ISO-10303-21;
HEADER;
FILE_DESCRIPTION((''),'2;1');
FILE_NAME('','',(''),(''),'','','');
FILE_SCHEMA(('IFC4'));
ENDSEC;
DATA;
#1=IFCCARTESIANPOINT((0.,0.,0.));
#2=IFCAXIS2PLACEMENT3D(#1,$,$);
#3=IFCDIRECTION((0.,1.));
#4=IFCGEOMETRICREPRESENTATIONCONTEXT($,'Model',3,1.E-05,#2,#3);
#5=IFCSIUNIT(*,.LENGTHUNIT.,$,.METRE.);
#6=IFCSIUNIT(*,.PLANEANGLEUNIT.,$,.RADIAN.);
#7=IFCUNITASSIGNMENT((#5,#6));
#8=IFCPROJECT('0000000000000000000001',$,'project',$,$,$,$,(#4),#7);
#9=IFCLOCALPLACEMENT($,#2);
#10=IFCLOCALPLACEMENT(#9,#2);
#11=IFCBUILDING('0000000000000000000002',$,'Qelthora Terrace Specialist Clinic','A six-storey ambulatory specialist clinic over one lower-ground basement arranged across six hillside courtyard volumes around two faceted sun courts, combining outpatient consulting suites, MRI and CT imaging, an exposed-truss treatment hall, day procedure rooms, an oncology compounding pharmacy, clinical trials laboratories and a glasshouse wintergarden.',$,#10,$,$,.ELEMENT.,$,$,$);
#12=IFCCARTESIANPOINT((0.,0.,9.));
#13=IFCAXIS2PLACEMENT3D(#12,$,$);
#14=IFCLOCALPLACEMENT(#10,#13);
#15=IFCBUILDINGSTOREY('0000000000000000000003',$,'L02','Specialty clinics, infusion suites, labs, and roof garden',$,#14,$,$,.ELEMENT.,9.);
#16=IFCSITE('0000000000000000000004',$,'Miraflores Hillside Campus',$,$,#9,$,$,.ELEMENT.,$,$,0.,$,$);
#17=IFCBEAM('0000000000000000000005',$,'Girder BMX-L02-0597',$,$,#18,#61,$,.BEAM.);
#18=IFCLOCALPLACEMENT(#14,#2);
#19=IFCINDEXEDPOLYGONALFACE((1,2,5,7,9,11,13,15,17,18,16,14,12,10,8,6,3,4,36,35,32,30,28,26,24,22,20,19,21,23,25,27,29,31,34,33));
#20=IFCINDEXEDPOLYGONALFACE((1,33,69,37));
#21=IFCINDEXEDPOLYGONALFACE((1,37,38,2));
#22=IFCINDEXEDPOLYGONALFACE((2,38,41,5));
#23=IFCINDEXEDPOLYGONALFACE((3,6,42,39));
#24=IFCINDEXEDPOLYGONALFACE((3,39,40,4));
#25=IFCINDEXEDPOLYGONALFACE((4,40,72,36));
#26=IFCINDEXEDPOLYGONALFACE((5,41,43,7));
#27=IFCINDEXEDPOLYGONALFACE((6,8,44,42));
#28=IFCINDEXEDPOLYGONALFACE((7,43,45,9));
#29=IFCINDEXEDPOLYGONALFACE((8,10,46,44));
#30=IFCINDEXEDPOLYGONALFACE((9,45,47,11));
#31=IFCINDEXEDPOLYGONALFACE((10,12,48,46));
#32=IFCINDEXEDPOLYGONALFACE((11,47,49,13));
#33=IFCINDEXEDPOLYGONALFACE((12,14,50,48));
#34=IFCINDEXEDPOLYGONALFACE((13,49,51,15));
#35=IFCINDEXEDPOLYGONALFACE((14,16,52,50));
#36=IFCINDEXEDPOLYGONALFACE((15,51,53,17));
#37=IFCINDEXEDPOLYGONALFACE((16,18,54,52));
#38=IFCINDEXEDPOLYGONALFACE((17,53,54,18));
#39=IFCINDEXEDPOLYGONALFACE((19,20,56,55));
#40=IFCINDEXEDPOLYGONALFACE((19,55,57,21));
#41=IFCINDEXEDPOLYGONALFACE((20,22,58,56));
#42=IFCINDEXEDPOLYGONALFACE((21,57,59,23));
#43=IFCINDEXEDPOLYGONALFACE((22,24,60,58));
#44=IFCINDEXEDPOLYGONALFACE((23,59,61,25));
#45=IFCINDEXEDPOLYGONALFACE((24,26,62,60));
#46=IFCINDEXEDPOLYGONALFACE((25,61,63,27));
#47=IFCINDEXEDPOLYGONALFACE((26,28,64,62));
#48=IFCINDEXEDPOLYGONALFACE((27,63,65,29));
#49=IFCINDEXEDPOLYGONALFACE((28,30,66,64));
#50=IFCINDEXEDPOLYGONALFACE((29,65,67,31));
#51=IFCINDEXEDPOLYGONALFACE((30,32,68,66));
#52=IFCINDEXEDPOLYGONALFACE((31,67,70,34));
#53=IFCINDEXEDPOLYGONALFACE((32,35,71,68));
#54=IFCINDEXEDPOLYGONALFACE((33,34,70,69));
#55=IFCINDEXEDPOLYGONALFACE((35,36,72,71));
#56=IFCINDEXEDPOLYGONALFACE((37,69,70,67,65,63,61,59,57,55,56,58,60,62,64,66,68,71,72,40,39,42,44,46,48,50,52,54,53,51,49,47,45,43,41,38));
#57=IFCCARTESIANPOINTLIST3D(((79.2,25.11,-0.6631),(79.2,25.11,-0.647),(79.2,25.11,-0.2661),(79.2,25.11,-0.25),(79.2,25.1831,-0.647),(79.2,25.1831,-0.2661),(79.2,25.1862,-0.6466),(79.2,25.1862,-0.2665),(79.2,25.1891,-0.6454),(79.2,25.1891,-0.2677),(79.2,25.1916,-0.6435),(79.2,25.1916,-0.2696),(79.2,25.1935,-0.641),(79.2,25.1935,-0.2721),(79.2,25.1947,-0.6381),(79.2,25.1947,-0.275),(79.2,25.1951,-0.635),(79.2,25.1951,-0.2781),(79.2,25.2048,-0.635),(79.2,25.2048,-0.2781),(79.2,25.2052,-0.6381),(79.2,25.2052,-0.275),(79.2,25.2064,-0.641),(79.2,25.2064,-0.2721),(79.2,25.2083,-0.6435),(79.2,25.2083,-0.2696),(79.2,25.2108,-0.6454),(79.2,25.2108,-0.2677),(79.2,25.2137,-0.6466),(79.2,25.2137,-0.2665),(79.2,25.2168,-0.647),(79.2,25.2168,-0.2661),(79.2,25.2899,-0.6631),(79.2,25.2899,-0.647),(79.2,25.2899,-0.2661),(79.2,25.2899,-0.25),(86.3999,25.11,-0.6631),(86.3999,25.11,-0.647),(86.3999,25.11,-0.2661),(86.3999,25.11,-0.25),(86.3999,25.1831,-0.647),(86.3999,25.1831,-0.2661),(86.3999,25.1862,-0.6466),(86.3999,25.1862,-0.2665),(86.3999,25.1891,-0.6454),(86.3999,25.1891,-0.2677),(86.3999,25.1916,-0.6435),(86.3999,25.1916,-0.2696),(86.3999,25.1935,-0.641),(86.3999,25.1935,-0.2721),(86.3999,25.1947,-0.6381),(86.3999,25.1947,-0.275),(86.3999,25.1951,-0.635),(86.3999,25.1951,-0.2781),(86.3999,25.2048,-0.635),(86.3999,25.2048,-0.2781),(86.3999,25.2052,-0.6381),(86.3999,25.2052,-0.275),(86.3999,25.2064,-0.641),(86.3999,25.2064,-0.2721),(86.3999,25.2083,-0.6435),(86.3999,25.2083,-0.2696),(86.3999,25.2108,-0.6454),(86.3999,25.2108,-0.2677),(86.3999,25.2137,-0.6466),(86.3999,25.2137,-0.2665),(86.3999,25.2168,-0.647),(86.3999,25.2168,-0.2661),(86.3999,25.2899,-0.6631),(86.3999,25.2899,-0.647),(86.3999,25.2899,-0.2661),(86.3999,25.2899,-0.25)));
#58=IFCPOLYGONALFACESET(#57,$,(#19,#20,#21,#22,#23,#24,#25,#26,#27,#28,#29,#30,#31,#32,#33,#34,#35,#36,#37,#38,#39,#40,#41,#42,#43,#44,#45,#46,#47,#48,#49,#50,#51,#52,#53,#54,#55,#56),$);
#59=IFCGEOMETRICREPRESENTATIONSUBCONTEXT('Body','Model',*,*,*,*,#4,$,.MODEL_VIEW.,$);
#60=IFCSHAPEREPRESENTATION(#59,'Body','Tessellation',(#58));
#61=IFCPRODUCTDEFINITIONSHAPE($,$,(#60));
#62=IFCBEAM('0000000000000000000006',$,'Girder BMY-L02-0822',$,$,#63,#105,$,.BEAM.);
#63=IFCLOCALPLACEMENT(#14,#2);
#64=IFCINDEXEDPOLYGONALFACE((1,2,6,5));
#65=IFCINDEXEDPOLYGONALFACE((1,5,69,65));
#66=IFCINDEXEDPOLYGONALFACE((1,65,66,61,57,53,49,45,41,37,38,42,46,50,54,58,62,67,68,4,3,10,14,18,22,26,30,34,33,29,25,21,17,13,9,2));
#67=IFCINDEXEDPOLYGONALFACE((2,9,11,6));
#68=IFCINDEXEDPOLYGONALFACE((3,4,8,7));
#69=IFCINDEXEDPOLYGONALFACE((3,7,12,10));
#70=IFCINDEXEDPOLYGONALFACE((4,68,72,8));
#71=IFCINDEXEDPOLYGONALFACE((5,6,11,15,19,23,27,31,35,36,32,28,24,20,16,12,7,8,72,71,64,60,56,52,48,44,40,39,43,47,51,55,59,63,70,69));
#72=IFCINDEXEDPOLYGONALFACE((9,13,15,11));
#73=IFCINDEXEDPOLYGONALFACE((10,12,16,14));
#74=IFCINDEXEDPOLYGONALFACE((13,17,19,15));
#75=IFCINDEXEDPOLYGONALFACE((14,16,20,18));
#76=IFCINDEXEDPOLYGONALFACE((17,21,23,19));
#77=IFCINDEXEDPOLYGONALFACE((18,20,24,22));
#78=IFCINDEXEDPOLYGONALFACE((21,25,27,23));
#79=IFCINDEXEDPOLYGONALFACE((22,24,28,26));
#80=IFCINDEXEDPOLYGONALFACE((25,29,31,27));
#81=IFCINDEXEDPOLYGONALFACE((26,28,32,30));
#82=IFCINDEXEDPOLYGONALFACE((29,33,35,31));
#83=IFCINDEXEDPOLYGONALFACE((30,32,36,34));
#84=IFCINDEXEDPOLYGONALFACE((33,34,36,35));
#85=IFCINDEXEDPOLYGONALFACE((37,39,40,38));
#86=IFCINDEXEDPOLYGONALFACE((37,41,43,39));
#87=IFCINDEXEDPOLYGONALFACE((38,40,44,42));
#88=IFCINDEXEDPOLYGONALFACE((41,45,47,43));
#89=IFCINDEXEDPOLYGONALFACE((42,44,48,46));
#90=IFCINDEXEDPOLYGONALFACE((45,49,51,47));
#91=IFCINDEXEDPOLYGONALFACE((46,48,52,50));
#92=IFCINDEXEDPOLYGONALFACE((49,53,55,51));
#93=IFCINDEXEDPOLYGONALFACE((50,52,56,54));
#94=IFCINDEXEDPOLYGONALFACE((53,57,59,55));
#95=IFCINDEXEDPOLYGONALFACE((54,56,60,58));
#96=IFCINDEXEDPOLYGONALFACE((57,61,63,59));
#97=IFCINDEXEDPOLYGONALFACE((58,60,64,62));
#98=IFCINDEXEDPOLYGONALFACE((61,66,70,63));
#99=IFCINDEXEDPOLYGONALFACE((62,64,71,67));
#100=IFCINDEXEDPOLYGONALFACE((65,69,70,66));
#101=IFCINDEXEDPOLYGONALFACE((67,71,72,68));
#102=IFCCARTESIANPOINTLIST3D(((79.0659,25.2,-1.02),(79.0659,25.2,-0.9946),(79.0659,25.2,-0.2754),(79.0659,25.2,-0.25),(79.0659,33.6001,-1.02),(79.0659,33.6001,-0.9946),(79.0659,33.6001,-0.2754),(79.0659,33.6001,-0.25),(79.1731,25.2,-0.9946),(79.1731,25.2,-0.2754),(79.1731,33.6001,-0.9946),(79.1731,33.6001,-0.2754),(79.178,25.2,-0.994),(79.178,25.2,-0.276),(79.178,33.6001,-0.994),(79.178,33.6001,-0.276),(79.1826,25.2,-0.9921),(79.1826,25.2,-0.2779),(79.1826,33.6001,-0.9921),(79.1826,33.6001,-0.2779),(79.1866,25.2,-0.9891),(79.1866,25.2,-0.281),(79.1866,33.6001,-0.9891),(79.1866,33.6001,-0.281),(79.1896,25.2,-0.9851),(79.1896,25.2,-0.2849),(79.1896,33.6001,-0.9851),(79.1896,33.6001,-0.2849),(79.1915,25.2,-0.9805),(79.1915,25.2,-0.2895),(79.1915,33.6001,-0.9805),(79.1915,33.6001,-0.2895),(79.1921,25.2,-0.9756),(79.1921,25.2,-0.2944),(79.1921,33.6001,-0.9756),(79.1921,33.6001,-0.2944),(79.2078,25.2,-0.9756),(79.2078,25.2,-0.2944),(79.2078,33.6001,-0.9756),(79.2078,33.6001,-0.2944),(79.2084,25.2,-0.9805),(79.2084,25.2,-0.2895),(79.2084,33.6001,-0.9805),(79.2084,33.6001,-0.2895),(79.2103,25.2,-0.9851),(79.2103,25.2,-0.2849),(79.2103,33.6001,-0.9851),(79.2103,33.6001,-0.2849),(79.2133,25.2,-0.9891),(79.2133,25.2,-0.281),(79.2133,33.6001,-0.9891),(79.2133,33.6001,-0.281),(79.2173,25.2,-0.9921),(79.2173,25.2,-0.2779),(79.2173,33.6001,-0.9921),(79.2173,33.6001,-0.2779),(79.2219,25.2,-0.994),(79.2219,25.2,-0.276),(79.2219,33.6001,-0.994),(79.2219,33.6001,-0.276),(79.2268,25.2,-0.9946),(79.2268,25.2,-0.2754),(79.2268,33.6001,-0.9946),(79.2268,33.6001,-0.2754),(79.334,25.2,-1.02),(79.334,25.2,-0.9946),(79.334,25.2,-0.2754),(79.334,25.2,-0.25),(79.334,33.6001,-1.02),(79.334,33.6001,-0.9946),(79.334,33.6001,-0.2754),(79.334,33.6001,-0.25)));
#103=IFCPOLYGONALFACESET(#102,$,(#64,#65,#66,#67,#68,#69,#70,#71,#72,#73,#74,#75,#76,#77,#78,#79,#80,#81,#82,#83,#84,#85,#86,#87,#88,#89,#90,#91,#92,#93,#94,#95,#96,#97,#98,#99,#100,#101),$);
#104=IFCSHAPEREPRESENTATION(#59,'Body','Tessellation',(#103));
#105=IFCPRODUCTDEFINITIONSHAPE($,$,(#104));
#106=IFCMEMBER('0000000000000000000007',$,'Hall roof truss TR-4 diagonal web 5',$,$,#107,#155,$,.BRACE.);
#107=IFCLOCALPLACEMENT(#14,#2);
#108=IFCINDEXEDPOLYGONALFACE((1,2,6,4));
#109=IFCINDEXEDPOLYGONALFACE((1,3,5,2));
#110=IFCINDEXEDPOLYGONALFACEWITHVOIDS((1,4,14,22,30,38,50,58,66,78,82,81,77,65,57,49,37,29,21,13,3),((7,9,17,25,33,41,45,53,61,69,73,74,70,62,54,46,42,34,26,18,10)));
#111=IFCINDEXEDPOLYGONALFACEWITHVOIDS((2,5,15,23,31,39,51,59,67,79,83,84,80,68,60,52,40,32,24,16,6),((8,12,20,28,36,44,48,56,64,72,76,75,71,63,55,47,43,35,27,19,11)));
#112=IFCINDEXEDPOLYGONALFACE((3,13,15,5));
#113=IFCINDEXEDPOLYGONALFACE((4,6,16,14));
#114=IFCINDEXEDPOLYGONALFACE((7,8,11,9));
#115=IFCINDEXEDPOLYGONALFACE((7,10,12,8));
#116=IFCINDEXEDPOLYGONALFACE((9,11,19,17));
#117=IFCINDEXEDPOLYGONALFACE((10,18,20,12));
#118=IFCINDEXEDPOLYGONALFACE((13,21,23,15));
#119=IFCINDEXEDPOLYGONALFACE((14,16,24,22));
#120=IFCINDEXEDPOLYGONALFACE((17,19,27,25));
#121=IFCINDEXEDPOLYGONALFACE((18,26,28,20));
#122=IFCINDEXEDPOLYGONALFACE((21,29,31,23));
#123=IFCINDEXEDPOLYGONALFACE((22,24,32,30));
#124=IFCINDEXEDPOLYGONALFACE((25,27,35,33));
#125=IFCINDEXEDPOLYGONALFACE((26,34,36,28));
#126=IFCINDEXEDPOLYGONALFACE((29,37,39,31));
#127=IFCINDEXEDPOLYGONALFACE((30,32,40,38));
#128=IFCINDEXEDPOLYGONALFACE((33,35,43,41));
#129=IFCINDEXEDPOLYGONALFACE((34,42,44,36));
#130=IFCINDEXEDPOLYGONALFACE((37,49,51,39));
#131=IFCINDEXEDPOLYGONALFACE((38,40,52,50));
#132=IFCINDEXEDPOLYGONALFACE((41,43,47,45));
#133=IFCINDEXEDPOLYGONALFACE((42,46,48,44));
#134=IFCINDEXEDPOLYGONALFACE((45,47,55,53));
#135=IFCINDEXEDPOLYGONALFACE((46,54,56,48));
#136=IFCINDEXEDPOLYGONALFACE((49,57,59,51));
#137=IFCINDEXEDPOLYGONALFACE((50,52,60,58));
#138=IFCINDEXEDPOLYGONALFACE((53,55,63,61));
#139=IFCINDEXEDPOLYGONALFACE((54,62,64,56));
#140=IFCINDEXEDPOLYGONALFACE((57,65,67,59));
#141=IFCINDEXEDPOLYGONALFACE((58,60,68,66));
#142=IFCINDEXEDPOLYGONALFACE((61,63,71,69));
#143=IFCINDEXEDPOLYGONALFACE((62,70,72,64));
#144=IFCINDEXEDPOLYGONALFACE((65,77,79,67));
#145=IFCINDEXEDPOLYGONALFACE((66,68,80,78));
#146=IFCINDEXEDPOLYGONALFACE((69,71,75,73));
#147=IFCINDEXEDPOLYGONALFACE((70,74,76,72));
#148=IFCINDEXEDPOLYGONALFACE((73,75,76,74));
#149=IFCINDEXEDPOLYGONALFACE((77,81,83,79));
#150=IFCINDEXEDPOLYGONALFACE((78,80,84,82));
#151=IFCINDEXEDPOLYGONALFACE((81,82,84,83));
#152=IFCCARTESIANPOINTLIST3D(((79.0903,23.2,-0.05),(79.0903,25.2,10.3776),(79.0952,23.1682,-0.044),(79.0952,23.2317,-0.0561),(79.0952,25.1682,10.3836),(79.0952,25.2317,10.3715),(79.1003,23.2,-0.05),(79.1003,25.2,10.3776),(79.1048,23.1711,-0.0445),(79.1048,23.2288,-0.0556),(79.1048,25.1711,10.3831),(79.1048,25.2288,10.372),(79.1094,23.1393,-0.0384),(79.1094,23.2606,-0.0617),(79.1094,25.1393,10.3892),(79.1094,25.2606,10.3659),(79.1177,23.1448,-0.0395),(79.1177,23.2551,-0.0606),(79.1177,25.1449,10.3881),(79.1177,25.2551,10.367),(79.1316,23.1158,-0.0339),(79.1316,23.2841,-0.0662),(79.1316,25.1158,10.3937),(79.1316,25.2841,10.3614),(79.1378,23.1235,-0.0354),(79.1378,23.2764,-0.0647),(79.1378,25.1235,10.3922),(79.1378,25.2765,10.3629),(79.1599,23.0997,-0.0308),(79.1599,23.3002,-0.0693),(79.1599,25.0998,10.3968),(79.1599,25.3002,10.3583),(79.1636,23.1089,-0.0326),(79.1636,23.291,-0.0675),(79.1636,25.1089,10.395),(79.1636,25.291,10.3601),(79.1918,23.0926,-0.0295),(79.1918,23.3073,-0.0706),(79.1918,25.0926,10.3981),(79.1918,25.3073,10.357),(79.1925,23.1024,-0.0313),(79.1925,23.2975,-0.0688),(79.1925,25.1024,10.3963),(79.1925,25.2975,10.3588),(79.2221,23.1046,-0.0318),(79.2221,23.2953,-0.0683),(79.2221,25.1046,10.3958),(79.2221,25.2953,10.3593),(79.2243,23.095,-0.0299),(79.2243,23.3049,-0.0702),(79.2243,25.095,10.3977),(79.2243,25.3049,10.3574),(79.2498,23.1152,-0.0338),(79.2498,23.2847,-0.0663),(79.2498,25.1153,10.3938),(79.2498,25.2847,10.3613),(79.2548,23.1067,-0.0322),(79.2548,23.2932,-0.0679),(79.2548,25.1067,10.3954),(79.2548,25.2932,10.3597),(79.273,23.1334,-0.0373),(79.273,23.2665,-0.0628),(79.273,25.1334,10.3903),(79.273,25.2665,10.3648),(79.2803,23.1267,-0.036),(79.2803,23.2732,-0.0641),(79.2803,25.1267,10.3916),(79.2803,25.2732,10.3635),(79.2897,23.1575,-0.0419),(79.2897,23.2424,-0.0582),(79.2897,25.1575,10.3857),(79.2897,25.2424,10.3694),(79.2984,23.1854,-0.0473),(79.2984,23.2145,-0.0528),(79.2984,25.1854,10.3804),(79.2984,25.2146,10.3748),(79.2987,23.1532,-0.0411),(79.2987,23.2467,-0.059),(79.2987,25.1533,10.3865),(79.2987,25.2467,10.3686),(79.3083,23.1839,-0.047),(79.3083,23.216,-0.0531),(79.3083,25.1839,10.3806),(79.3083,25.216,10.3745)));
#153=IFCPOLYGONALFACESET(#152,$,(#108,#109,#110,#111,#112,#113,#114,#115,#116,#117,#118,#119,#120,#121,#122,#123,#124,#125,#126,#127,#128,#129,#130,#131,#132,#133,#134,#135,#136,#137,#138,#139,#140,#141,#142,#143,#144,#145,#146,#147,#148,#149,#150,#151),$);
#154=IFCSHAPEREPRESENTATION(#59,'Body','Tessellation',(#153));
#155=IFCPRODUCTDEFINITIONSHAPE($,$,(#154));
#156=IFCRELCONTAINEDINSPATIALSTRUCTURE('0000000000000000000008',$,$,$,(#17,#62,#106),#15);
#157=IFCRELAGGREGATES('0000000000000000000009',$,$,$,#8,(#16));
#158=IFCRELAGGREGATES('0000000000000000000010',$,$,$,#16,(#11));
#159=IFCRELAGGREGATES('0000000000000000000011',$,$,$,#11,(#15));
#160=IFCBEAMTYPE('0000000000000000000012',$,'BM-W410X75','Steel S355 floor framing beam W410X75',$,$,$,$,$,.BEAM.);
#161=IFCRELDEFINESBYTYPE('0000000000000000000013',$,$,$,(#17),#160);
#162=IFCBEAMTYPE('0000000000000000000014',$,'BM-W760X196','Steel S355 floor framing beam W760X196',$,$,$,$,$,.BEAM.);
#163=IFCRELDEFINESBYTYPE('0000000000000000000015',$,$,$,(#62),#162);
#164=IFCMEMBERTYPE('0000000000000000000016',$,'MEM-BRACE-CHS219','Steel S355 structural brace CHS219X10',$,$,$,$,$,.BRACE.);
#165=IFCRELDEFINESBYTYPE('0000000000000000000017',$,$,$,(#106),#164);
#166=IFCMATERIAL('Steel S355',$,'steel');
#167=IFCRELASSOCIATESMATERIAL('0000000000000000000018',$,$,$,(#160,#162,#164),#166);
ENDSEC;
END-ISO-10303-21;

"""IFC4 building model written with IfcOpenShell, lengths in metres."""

from ifc_helpers import new_model, si_unit, direction, frame, origin, origin_2d, place, context, subcontext, project, spatial, hollow_circle, i_section, extrude, material, material_profile, profile_set, type_object, element, save


model = new_model("IFC4")

# Units and contexts
model_context = context("Model", 3, precision=1e-05, world=origin(), true_north=direction((0.0, 1.0)))
body_context = subcontext(model_context, "Body", "Model", "MODEL_VIEW")
ifc_project = project(units=[si_unit("LENGTHUNIT", "METRE"), si_unit("PLANEANGLEUNIT", "RADIAN")], contexts=[model_context])

# Site, building, storey
site_placement = place(None, origin())
site = spatial("IfcSite", under=ifc_project, at=site_placement, Name="Miraflores Hillside Campus", CompositionType="ELEMENT", RefElevation=0.0)
building_placement = place(site_placement, origin())
building = spatial("IfcBuilding", under=site, at=building_placement, Name="Qelthora Terrace Specialist Clinic", Description="A six-storey ambulatory specialist clinic over one lower-ground basement arranged across six hillside courtyard volumes around two faceted sun courts, combining outpatient consulting suites, MRI and CT imaging, an exposed-truss treatment hall, day procedure rooms, an oncology compounding pharmacy, clinical trials laboratories and a glasshouse wintergarden.", CompositionType="ELEMENT")
storey_placement = place(building_placement, frame((0.0, 0.0, 9.0)))
storey = spatial("IfcBuildingStorey", under=building, at=storey_placement, Name="L02", Description="Specialty clinics, infusion suites, labs, and roof garden", CompositionType="ELEMENT", Elevation=9.0)

# Beams
ifc_material_1 = material(Name="Steel S355", Category="steel")
ifc_material_profile_1 = material_profile(ifc_material_1, i_section(OverallWidth=0.1799, OverallDepth=0.4131, WebThickness=0.0098, FlangeThickness=0.0161, FilletRadius=0.012, at=origin_2d()), Name="W410X75")
ifc_profile_set_1 = profile_set([ifc_material_profile_1], Name="Steel S355")
beam_type_1 = type_object("IfcBeamType", Name="BM-W410X75", Description="Steel S355 floor framing beam W410X75", PredefinedType="BEAM", material=ifc_profile_set_1)
beam_1_placement = place(storey_placement, frame((79.2, 25.2, -0.4565), z_axis=(1.0, 0.0, 0.0), x_axis=(0.0, 1.0, 0.0)))
element("IfcBeam", 1, at=beam_1_placement, inside=storey, type_object=beam_type_1, Name="Girder BMX-L02-0597", PredefinedType="BEAM", context=body_context, shape_type="SweptSolid", body=[
    extrude(i_section(OverallWidth=0.1799, OverallDepth=0.4131, WebThickness=0.0098, FlangeThickness=0.0161, FilletRadius=0.012, at=origin_2d()), origin(), (0.0, 0.0, 1.0), 7.2),
])
ifc_material_profile_2 = material_profile(ifc_material_1, i_section(OverallWidth=0.2681, OverallDepth=0.77, WebThickness=0.0156, FlangeThickness=0.0254, FilletRadius=0.019, at=origin_2d()), Name="W760X196")
ifc_profile_set_2 = profile_set([ifc_material_profile_2], Name="Steel S355")
beam_type_2 = type_object("IfcBeamType", Name="BM-W760X196", Description="Steel S355 floor framing beam W760X196", PredefinedType="BEAM", material=ifc_profile_set_2)
beam_2_placement = place(storey_placement, frame((79.2, 25.2, -0.635), z_axis=(0.0, 1.0, 0.0), x_axis=(-1.0, 0.0, 0.0)))
element("IfcBeam", 2, at=beam_2_placement, inside=storey, type_object=beam_type_2, Name="Girder BMY-L02-0822", PredefinedType="BEAM", context=body_context, shape_type="SweptSolid", body=[
    extrude(i_section(OverallWidth=0.2681, OverallDepth=0.77, WebThickness=0.0156, FlangeThickness=0.0254, FilletRadius=0.019, at=origin_2d()), origin(), (0.0, 0.0, 1.0), 8.4001),
])

# Member
ifc_material_profile_3 = material_profile(ifc_material_1, hollow_circle(Radius=0.1096, WallThickness=0.01, at=origin_2d()), Name="CHS219X10")
ifc_profile_set_3 = profile_set([ifc_material_profile_3], Name="Steel S355")
member_type_1 = type_object("IfcMemberType", Name="MEM-BRACE-CHS219", Description="Steel S355 structural brace CHS219X10", PredefinedType="BRACE", material=ifc_profile_set_3)
for number, where, z_axis, x_axis, name in (
    (3, (79.2, 23.2, -0.05), (0.0, 0.188367, 0.982099), (-1.0, 0.0, 0.0), "Hall roof truss TR-4 diagonal web 5"),
):
    element("IfcMember", number, at=place(storey_placement, frame(where, z_axis=z_axis, x_axis=x_axis)), inside=storey, type_object=member_type_1, Name=name, PredefinedType="BRACE", context=body_context, shape_type="SweptSolid", body=[
        extrude(hollow_circle(Radius=0.1096, WallThickness=0.01, at=origin_2d()), origin(), (0.0, 0.0, 1.0), 10.6177),
    ])

save(model, "model.ifc")
